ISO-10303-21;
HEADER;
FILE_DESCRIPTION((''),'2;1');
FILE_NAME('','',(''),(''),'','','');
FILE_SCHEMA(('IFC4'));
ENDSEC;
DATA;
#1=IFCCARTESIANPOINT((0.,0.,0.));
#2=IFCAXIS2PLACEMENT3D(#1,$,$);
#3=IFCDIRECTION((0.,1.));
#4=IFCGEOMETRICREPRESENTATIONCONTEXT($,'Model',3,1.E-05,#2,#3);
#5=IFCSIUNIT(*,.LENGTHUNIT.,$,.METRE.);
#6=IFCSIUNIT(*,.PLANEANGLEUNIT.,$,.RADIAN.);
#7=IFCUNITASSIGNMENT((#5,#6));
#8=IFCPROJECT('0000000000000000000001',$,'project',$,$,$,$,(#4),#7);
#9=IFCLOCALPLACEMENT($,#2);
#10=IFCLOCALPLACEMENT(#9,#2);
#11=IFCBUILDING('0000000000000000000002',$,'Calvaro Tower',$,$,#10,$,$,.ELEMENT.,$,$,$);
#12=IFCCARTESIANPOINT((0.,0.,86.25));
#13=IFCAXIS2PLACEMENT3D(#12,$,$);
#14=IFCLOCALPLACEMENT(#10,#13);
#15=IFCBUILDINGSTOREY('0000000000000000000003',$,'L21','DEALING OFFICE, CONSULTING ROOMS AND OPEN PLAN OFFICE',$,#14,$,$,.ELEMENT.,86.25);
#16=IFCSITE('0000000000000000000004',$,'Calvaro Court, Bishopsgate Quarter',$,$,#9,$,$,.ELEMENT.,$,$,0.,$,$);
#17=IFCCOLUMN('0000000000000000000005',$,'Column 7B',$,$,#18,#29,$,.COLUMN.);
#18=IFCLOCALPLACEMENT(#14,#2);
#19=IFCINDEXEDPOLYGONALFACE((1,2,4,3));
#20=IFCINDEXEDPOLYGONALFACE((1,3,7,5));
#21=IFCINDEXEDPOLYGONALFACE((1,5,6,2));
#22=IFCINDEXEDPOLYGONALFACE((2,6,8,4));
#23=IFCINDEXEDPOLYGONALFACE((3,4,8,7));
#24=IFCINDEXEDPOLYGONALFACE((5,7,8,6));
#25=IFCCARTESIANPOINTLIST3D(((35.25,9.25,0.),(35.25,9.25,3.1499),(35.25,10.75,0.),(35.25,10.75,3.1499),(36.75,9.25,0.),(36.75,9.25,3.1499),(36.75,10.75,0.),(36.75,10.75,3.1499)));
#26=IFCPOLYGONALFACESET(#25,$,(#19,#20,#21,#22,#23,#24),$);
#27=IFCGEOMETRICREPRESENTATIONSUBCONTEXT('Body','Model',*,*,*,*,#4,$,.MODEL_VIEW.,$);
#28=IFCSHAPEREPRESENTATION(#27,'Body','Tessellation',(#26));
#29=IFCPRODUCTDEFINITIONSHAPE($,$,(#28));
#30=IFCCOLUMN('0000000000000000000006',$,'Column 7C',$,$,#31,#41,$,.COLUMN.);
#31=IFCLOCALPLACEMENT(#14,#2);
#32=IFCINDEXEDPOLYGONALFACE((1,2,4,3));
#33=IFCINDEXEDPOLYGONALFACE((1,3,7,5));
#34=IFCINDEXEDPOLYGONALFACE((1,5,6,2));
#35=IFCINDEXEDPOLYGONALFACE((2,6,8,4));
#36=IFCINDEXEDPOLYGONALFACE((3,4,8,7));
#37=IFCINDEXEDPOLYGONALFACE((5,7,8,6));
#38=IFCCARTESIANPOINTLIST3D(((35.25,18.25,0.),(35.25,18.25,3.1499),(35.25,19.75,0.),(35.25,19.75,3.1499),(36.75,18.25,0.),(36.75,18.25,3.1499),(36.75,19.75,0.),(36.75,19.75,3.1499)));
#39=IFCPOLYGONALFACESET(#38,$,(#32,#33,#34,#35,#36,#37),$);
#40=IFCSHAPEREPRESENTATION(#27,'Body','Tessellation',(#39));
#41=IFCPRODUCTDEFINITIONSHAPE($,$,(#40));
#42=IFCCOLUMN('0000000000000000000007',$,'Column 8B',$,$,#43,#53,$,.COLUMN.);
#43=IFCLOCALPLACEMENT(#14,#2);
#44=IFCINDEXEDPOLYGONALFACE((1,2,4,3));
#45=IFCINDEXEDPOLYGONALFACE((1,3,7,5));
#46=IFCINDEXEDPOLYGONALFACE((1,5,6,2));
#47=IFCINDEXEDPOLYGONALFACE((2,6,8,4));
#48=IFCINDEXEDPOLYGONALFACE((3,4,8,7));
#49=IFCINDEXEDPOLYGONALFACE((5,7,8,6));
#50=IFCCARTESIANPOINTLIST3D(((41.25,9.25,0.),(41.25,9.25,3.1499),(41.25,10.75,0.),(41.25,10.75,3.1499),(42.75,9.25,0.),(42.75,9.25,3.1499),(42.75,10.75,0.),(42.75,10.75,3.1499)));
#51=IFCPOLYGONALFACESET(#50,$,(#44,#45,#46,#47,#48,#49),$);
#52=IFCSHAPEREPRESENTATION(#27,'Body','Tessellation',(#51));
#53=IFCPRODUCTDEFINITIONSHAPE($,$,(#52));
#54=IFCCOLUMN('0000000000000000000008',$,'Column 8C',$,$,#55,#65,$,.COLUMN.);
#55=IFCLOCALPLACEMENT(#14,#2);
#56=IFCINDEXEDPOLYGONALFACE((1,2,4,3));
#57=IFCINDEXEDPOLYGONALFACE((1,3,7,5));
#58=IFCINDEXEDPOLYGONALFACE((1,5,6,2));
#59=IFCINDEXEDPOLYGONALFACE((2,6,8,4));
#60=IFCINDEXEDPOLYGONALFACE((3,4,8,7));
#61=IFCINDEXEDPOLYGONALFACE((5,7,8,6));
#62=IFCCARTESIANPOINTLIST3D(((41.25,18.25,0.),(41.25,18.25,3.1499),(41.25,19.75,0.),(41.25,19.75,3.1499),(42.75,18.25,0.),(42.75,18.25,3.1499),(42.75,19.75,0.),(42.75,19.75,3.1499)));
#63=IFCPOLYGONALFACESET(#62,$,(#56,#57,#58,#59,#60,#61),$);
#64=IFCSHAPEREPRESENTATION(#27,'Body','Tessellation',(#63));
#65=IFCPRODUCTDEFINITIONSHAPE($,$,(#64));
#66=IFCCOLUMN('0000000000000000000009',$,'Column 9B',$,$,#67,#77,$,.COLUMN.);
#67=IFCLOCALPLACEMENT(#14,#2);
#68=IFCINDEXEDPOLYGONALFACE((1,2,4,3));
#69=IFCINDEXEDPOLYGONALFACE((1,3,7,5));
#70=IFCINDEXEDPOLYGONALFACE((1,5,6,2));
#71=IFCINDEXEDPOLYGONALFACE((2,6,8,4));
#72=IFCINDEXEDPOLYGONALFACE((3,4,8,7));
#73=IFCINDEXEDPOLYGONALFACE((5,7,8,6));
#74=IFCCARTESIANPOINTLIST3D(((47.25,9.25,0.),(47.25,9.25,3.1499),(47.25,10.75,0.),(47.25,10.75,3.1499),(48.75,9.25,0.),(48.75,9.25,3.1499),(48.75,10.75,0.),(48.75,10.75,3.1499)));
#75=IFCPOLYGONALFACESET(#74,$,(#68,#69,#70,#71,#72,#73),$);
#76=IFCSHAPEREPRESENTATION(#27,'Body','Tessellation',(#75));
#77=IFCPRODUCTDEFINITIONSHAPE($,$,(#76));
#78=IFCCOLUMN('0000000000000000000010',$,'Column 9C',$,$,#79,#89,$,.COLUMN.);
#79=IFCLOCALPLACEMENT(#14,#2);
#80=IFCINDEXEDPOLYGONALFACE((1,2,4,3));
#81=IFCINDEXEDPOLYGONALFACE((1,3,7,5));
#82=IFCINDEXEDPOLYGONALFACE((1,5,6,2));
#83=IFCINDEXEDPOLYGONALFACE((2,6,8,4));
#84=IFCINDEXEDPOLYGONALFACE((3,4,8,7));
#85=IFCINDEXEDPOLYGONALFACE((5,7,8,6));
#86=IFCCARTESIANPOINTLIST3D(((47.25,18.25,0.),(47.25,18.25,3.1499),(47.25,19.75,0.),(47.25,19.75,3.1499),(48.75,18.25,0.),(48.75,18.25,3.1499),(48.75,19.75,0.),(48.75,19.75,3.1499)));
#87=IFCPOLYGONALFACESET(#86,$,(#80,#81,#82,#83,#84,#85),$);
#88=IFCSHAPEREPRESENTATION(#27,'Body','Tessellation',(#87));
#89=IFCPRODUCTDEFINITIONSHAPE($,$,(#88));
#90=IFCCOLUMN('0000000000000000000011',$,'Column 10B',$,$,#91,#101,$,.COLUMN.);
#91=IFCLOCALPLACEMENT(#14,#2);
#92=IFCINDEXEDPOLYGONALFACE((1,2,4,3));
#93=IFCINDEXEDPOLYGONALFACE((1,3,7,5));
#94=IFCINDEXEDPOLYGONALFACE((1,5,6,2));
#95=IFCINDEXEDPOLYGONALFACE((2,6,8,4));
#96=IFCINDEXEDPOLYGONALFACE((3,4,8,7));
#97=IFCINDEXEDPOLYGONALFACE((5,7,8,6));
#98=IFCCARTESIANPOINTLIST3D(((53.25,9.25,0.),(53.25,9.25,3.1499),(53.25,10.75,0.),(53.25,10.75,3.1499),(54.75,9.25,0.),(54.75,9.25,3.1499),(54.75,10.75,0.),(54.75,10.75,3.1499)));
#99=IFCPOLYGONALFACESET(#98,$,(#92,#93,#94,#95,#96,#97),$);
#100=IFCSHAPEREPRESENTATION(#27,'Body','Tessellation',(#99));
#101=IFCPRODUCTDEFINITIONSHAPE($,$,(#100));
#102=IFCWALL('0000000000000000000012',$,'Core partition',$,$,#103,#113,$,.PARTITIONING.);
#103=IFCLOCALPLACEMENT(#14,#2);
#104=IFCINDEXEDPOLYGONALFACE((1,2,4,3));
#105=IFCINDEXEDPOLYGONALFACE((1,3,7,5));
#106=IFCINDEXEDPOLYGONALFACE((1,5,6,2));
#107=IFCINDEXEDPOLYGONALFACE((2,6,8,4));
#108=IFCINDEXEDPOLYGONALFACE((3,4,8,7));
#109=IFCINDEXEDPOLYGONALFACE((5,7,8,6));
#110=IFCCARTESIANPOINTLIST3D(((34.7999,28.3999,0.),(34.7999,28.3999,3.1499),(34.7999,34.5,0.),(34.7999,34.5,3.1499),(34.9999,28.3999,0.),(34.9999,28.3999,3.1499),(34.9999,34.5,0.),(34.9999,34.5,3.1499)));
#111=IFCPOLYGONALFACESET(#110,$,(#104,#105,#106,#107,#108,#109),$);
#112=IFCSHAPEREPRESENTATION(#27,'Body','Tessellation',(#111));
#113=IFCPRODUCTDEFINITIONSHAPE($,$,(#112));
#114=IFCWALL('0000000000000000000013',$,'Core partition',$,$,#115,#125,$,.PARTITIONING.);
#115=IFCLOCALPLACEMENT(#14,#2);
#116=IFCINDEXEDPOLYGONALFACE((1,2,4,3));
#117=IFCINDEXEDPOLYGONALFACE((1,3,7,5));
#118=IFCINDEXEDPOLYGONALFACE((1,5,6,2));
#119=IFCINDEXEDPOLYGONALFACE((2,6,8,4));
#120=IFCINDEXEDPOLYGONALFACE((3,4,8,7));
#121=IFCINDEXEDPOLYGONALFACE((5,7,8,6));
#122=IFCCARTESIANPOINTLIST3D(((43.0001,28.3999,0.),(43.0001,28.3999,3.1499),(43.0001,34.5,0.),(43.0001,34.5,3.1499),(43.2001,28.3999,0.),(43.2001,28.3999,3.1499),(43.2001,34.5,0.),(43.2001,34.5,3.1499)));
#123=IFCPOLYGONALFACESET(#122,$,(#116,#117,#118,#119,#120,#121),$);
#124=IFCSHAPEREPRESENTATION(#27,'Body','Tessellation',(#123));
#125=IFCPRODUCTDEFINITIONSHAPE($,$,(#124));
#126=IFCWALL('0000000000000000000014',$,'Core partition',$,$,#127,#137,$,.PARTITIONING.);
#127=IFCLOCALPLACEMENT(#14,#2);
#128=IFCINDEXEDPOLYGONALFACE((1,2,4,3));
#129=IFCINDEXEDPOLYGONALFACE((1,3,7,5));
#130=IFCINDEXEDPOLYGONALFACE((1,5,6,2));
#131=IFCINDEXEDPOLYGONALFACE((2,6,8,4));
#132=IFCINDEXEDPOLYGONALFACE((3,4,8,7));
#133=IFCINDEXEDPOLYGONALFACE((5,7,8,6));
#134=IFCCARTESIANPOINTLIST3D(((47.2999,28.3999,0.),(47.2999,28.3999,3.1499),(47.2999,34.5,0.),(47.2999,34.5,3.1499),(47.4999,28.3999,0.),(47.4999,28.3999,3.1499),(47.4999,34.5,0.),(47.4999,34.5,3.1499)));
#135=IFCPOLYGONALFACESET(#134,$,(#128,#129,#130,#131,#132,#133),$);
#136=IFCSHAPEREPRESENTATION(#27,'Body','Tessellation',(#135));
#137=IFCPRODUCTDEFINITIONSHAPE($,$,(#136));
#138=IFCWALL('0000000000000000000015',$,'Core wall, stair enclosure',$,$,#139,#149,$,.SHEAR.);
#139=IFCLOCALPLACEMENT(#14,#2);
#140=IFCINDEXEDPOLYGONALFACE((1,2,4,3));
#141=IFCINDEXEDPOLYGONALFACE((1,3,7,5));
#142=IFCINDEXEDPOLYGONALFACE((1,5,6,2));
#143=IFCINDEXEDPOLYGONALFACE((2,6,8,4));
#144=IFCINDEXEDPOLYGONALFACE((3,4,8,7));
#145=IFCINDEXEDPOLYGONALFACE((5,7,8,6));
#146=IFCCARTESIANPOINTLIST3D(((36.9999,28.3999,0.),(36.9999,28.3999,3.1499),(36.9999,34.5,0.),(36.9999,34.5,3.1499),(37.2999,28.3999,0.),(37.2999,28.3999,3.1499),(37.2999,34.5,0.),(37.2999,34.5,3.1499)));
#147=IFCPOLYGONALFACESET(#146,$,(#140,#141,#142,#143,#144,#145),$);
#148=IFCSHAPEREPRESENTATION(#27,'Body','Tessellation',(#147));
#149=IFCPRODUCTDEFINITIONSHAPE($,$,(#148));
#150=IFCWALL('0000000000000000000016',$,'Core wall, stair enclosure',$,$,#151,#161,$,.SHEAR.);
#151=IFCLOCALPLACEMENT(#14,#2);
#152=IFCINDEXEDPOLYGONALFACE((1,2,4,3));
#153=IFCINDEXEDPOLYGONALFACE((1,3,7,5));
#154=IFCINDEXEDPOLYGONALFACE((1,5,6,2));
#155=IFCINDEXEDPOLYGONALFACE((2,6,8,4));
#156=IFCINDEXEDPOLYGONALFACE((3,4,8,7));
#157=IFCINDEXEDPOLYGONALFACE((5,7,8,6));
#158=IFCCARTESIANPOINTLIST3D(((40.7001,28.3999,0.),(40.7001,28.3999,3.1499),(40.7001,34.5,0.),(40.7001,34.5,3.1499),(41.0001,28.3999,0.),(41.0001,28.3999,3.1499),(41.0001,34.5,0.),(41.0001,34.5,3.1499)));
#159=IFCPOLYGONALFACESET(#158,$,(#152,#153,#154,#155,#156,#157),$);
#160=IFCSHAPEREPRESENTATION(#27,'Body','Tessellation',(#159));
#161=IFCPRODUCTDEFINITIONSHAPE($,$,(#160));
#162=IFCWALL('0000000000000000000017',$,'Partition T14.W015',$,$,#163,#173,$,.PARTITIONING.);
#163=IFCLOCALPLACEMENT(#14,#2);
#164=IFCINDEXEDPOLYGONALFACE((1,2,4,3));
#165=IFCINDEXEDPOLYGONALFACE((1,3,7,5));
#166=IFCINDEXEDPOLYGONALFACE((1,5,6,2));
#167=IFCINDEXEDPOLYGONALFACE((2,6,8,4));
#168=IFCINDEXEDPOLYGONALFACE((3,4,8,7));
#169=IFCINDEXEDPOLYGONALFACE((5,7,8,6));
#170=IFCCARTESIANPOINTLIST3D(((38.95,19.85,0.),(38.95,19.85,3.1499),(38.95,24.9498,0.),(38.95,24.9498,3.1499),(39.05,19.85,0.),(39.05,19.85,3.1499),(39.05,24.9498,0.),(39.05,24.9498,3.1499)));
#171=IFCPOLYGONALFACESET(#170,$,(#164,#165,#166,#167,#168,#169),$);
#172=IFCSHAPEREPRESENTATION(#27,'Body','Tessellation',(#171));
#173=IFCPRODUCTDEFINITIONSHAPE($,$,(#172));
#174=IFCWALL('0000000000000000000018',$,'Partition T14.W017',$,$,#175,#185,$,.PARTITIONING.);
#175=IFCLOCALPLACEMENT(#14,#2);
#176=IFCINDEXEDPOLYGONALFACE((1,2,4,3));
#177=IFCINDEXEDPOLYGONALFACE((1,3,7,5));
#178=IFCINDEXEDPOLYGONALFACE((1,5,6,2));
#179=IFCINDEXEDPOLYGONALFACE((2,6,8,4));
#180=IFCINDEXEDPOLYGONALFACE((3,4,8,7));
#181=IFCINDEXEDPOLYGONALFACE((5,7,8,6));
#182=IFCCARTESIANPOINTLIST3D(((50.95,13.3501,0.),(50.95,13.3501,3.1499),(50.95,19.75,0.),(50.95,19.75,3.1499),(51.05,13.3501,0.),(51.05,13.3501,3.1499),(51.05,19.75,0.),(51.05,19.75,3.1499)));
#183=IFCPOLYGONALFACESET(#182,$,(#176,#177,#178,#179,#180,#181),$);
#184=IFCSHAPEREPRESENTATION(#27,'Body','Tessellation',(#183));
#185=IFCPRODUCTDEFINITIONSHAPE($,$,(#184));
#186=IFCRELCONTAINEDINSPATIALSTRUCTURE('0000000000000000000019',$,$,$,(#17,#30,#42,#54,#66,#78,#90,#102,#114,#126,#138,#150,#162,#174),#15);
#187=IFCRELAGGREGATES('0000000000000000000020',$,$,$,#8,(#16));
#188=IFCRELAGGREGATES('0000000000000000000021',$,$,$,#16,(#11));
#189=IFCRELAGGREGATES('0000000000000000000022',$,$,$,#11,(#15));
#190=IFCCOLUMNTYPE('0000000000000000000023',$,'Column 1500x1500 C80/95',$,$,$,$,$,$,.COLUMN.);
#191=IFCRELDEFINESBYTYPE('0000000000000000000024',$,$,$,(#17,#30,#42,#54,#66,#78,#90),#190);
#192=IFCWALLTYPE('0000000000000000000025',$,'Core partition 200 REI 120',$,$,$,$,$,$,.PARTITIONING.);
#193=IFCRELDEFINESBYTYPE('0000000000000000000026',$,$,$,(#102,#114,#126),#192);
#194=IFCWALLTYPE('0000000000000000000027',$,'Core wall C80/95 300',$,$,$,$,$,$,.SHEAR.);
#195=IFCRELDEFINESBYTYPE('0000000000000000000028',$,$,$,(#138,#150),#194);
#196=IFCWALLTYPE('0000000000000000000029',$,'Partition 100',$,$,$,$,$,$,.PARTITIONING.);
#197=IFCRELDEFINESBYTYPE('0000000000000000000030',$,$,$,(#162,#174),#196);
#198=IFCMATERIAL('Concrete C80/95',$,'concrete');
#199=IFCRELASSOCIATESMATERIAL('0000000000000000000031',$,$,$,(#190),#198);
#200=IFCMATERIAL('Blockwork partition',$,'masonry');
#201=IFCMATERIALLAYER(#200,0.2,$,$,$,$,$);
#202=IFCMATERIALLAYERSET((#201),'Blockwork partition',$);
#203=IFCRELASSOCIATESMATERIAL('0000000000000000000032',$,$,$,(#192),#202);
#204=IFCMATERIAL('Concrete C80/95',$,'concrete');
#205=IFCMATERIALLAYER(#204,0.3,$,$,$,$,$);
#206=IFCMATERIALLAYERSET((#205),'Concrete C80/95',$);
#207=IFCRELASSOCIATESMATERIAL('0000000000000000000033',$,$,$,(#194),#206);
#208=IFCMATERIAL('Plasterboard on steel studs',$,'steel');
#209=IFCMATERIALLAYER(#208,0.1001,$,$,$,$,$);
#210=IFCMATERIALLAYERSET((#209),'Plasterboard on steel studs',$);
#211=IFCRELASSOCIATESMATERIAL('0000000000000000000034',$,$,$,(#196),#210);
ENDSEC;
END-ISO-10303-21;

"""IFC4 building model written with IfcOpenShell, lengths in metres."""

from ifc_helpers import new_model, si_unit, direction, frame, frame_2d, origin, origin_2d, place, context, subcontext, project, spatial, rectangle, extrude, material, layer, layer_set, material_profile, profile_set, type_object, element, save


model = new_model("IFC4")

# Units and contexts
model_context = context("Model", 3, precision=1e-05, world=origin(), true_north=direction((0.0, 1.0)))
body_context = subcontext(model_context, "Body", "Model", "MODEL_VIEW")
ifc_project = project(units=[si_unit("LENGTHUNIT", "METRE"), si_unit("PLANEANGLEUNIT", "RADIAN")], contexts=[model_context])

# Site, building, storey
site_placement = place(None, origin())
site = spatial("IfcSite", under=ifc_project, at=site_placement, Name="Calvaro Court, Bishopsgate Quarter", CompositionType="ELEMENT", RefElevation=0.0)
building_placement = place(site_placement, origin())
building = spatial("IfcBuilding", under=site, at=building_placement, Name="Calvaro Tower", CompositionType="ELEMENT")
storey_placement = place(building_placement, frame((0.0, 0.0, 86.25)))
storey = spatial("IfcBuildingStorey", under=building, at=storey_placement, Name="L21", Description="DEALING OFFICE, CONSULTING ROOMS AND OPEN PLAN OFFICE", CompositionType="ELEMENT", Elevation=86.25)

# Columns
ifc_material_1 = material(Name="Concrete C80/95", Category="concrete")
ifc_material_profile = material_profile(ifc_material_1, rectangle(XDim=1.5, YDim=1.5, at=origin_2d()), Name="RC 1500x1500")
ifc_profile_set = profile_set([ifc_material_profile], Name="Concrete C80/95")
column_type = type_object("IfcColumnType", Name="Column 1500x1500 C80/95", PredefinedType="COLUMN", material=ifc_profile_set)
for number, where, z_axis, x_axis, name in (
    (1, (36.0, 10.0, 0.0), (0.0, 0.0, 1.0), (1.0, 0.0, 0.0), "Column 7B"),
    (2, (36.0, 19.0, 0.0), (0.0, 0.0, 1.0), (1.0, 0.0, 0.0), "Column 7C"),
    (3, (42.0, 10.0, 0.0), (0.0, 0.0, 1.0), (1.0, 0.0, 0.0), "Column 8B"),
    (4, (42.0, 19.0, 0.0), (0.0, 0.0, 1.0), (1.0, 0.0, 0.0), "Column 8C"),
    (5, (48.0, 10.0, 0.0), (0.0, 0.0, 1.0), (1.0, 0.0, 0.0), "Column 9B"),
    (6, (48.0, 19.0, 0.0), (0.0, 0.0, 1.0), (1.0, 0.0, 0.0), "Column 9C"),
    (7, (54.0, 10.0, 0.0), (0.0, 0.0, 1.0), (1.0, 0.0, 0.0), "Column 10B"),
):
    element("IfcColumn", number, at=place(storey_placement, frame(where, z_axis=z_axis, x_axis=x_axis)), inside=storey, type_object=column_type, Name=name, PredefinedType="COLUMN", context=body_context, shape_type="SweptSolid", body=[
        extrude(rectangle(XDim=1.5, YDim=1.5, at=origin_2d()), origin(), (0.0, 0.0, 1.0), 3.1499),
    ])

# Walls
ifc_material_2 = material(Name="Blockwork partition", Category="masonry")
ifc_layer_1 = layer(ifc_material_2, 0.2)
ifc_layer_set_1 = layer_set([ifc_layer_1], Name="Blockwork partition")
wall_type_1 = type_object("IfcWallType", Name="Core partition 200 REI 120", PredefinedType="PARTITIONING", material=ifc_layer_set_1)
for number, where, z_axis, x_axis, name in (
    (8, (34.8999, 28.3999, 0.0), (0.0, 0.0, 1.0), (0.0, 1.0, 0.0), "Core partition"),
    (9, (43.1001, 28.3999, 0.0), (0.0, 0.0, 1.0), (0.0, 1.0, 0.0), "Core partition"),
    (10, (47.3999, 28.3999, 0.0), (0.0, 0.0, 1.0), (0.0, 1.0, 0.0), "Core partition"),
):
    element("IfcWall", number, at=place(storey_placement, frame(where, z_axis=z_axis, x_axis=x_axis)), inside=storey, type_object=wall_type_1, Name=name, PredefinedType="PARTITIONING", context=body_context, shape_type="SweptSolid", body=[
        extrude(rectangle(XDim=6.1001, YDim=0.2, at=frame_2d((3.05, 0.0))), origin(), (0.0, 0.0, 1.0), 3.1499),
    ])
ifc_material_3 = material(Name="Concrete C80/95", Category="concrete")
ifc_layer_2 = layer(ifc_material_3, 0.3)
ifc_layer_set_2 = layer_set([ifc_layer_2], Name="Concrete C80/95")
wall_type_2 = type_object("IfcWallType", Name="Core wall C80/95 300", PredefinedType="SHEAR", material=ifc_layer_set_2)
for number, where, z_axis, x_axis, name in (
    (11, (37.1499, 28.3999, 0.0), (0.0, 0.0, 1.0), (0.0, 1.0, 0.0), "Core wall, stair enclosure"),
    (12, (40.8501, 28.3999, 0.0), (0.0, 0.0, 1.0), (0.0, 1.0, 0.0), "Core wall, stair enclosure"),
):
    element("IfcWall", number, at=place(storey_placement, frame(where, z_axis=z_axis, x_axis=x_axis)), inside=storey, type_object=wall_type_2, Name=name, PredefinedType="SHEAR", context=body_context, shape_type="SweptSolid", body=[
        extrude(rectangle(XDim=6.1001, YDim=0.3, at=frame_2d((3.05, 0.0))), origin(), (0.0, 0.0, 1.0), 3.1499),
    ])
ifc_material_4 = material(Name="Plasterboard on steel studs", Category="steel")
ifc_layer_3 = layer(ifc_material_4, 0.1001)
ifc_layer_set_3 = layer_set([ifc_layer_3], Name="Plasterboard on steel studs")
wall_type_3 = type_object("IfcWallType", Name="Partition 100", PredefinedType="PARTITIONING", material=ifc_layer_set_3)
wall_1_placement = place(storey_placement, frame((39.0, 19.8501, 0.0), z_axis=(0.0, 0.0, 1.0), x_axis=(0.0, 1.0, 0.0)))
element("IfcWall", 13, at=wall_1_placement, inside=storey, type_object=wall_type_3, Name="Partition T14.W015", PredefinedType="PARTITIONING", context=body_context, shape_type="SweptSolid", body=[
    extrude(rectangle(XDim=5.0999, YDim=0.1001, at=frame_2d((2.5498, 0.0))), origin(), (0.0, 0.0, 1.0), 3.1499),
])
wall_2_placement = place(storey_placement, frame((51.0, 13.3501, 0.0), z_axis=(0.0, 0.0, 1.0), x_axis=(0.0, 1.0, 0.0)))
element("IfcWall", 14, at=wall_2_placement, inside=storey, type_object=wall_type_3, Name="Partition T14.W017", PredefinedType="PARTITIONING", context=body_context, shape_type="SweptSolid", body=[
    extrude(rectangle(XDim=6.3999, YDim=0.1001, at=frame_2d((3.2, 0.0))), origin(), (0.0, 0.0, 1.0), 3.1499),
])

save(model, "model.ifc")
